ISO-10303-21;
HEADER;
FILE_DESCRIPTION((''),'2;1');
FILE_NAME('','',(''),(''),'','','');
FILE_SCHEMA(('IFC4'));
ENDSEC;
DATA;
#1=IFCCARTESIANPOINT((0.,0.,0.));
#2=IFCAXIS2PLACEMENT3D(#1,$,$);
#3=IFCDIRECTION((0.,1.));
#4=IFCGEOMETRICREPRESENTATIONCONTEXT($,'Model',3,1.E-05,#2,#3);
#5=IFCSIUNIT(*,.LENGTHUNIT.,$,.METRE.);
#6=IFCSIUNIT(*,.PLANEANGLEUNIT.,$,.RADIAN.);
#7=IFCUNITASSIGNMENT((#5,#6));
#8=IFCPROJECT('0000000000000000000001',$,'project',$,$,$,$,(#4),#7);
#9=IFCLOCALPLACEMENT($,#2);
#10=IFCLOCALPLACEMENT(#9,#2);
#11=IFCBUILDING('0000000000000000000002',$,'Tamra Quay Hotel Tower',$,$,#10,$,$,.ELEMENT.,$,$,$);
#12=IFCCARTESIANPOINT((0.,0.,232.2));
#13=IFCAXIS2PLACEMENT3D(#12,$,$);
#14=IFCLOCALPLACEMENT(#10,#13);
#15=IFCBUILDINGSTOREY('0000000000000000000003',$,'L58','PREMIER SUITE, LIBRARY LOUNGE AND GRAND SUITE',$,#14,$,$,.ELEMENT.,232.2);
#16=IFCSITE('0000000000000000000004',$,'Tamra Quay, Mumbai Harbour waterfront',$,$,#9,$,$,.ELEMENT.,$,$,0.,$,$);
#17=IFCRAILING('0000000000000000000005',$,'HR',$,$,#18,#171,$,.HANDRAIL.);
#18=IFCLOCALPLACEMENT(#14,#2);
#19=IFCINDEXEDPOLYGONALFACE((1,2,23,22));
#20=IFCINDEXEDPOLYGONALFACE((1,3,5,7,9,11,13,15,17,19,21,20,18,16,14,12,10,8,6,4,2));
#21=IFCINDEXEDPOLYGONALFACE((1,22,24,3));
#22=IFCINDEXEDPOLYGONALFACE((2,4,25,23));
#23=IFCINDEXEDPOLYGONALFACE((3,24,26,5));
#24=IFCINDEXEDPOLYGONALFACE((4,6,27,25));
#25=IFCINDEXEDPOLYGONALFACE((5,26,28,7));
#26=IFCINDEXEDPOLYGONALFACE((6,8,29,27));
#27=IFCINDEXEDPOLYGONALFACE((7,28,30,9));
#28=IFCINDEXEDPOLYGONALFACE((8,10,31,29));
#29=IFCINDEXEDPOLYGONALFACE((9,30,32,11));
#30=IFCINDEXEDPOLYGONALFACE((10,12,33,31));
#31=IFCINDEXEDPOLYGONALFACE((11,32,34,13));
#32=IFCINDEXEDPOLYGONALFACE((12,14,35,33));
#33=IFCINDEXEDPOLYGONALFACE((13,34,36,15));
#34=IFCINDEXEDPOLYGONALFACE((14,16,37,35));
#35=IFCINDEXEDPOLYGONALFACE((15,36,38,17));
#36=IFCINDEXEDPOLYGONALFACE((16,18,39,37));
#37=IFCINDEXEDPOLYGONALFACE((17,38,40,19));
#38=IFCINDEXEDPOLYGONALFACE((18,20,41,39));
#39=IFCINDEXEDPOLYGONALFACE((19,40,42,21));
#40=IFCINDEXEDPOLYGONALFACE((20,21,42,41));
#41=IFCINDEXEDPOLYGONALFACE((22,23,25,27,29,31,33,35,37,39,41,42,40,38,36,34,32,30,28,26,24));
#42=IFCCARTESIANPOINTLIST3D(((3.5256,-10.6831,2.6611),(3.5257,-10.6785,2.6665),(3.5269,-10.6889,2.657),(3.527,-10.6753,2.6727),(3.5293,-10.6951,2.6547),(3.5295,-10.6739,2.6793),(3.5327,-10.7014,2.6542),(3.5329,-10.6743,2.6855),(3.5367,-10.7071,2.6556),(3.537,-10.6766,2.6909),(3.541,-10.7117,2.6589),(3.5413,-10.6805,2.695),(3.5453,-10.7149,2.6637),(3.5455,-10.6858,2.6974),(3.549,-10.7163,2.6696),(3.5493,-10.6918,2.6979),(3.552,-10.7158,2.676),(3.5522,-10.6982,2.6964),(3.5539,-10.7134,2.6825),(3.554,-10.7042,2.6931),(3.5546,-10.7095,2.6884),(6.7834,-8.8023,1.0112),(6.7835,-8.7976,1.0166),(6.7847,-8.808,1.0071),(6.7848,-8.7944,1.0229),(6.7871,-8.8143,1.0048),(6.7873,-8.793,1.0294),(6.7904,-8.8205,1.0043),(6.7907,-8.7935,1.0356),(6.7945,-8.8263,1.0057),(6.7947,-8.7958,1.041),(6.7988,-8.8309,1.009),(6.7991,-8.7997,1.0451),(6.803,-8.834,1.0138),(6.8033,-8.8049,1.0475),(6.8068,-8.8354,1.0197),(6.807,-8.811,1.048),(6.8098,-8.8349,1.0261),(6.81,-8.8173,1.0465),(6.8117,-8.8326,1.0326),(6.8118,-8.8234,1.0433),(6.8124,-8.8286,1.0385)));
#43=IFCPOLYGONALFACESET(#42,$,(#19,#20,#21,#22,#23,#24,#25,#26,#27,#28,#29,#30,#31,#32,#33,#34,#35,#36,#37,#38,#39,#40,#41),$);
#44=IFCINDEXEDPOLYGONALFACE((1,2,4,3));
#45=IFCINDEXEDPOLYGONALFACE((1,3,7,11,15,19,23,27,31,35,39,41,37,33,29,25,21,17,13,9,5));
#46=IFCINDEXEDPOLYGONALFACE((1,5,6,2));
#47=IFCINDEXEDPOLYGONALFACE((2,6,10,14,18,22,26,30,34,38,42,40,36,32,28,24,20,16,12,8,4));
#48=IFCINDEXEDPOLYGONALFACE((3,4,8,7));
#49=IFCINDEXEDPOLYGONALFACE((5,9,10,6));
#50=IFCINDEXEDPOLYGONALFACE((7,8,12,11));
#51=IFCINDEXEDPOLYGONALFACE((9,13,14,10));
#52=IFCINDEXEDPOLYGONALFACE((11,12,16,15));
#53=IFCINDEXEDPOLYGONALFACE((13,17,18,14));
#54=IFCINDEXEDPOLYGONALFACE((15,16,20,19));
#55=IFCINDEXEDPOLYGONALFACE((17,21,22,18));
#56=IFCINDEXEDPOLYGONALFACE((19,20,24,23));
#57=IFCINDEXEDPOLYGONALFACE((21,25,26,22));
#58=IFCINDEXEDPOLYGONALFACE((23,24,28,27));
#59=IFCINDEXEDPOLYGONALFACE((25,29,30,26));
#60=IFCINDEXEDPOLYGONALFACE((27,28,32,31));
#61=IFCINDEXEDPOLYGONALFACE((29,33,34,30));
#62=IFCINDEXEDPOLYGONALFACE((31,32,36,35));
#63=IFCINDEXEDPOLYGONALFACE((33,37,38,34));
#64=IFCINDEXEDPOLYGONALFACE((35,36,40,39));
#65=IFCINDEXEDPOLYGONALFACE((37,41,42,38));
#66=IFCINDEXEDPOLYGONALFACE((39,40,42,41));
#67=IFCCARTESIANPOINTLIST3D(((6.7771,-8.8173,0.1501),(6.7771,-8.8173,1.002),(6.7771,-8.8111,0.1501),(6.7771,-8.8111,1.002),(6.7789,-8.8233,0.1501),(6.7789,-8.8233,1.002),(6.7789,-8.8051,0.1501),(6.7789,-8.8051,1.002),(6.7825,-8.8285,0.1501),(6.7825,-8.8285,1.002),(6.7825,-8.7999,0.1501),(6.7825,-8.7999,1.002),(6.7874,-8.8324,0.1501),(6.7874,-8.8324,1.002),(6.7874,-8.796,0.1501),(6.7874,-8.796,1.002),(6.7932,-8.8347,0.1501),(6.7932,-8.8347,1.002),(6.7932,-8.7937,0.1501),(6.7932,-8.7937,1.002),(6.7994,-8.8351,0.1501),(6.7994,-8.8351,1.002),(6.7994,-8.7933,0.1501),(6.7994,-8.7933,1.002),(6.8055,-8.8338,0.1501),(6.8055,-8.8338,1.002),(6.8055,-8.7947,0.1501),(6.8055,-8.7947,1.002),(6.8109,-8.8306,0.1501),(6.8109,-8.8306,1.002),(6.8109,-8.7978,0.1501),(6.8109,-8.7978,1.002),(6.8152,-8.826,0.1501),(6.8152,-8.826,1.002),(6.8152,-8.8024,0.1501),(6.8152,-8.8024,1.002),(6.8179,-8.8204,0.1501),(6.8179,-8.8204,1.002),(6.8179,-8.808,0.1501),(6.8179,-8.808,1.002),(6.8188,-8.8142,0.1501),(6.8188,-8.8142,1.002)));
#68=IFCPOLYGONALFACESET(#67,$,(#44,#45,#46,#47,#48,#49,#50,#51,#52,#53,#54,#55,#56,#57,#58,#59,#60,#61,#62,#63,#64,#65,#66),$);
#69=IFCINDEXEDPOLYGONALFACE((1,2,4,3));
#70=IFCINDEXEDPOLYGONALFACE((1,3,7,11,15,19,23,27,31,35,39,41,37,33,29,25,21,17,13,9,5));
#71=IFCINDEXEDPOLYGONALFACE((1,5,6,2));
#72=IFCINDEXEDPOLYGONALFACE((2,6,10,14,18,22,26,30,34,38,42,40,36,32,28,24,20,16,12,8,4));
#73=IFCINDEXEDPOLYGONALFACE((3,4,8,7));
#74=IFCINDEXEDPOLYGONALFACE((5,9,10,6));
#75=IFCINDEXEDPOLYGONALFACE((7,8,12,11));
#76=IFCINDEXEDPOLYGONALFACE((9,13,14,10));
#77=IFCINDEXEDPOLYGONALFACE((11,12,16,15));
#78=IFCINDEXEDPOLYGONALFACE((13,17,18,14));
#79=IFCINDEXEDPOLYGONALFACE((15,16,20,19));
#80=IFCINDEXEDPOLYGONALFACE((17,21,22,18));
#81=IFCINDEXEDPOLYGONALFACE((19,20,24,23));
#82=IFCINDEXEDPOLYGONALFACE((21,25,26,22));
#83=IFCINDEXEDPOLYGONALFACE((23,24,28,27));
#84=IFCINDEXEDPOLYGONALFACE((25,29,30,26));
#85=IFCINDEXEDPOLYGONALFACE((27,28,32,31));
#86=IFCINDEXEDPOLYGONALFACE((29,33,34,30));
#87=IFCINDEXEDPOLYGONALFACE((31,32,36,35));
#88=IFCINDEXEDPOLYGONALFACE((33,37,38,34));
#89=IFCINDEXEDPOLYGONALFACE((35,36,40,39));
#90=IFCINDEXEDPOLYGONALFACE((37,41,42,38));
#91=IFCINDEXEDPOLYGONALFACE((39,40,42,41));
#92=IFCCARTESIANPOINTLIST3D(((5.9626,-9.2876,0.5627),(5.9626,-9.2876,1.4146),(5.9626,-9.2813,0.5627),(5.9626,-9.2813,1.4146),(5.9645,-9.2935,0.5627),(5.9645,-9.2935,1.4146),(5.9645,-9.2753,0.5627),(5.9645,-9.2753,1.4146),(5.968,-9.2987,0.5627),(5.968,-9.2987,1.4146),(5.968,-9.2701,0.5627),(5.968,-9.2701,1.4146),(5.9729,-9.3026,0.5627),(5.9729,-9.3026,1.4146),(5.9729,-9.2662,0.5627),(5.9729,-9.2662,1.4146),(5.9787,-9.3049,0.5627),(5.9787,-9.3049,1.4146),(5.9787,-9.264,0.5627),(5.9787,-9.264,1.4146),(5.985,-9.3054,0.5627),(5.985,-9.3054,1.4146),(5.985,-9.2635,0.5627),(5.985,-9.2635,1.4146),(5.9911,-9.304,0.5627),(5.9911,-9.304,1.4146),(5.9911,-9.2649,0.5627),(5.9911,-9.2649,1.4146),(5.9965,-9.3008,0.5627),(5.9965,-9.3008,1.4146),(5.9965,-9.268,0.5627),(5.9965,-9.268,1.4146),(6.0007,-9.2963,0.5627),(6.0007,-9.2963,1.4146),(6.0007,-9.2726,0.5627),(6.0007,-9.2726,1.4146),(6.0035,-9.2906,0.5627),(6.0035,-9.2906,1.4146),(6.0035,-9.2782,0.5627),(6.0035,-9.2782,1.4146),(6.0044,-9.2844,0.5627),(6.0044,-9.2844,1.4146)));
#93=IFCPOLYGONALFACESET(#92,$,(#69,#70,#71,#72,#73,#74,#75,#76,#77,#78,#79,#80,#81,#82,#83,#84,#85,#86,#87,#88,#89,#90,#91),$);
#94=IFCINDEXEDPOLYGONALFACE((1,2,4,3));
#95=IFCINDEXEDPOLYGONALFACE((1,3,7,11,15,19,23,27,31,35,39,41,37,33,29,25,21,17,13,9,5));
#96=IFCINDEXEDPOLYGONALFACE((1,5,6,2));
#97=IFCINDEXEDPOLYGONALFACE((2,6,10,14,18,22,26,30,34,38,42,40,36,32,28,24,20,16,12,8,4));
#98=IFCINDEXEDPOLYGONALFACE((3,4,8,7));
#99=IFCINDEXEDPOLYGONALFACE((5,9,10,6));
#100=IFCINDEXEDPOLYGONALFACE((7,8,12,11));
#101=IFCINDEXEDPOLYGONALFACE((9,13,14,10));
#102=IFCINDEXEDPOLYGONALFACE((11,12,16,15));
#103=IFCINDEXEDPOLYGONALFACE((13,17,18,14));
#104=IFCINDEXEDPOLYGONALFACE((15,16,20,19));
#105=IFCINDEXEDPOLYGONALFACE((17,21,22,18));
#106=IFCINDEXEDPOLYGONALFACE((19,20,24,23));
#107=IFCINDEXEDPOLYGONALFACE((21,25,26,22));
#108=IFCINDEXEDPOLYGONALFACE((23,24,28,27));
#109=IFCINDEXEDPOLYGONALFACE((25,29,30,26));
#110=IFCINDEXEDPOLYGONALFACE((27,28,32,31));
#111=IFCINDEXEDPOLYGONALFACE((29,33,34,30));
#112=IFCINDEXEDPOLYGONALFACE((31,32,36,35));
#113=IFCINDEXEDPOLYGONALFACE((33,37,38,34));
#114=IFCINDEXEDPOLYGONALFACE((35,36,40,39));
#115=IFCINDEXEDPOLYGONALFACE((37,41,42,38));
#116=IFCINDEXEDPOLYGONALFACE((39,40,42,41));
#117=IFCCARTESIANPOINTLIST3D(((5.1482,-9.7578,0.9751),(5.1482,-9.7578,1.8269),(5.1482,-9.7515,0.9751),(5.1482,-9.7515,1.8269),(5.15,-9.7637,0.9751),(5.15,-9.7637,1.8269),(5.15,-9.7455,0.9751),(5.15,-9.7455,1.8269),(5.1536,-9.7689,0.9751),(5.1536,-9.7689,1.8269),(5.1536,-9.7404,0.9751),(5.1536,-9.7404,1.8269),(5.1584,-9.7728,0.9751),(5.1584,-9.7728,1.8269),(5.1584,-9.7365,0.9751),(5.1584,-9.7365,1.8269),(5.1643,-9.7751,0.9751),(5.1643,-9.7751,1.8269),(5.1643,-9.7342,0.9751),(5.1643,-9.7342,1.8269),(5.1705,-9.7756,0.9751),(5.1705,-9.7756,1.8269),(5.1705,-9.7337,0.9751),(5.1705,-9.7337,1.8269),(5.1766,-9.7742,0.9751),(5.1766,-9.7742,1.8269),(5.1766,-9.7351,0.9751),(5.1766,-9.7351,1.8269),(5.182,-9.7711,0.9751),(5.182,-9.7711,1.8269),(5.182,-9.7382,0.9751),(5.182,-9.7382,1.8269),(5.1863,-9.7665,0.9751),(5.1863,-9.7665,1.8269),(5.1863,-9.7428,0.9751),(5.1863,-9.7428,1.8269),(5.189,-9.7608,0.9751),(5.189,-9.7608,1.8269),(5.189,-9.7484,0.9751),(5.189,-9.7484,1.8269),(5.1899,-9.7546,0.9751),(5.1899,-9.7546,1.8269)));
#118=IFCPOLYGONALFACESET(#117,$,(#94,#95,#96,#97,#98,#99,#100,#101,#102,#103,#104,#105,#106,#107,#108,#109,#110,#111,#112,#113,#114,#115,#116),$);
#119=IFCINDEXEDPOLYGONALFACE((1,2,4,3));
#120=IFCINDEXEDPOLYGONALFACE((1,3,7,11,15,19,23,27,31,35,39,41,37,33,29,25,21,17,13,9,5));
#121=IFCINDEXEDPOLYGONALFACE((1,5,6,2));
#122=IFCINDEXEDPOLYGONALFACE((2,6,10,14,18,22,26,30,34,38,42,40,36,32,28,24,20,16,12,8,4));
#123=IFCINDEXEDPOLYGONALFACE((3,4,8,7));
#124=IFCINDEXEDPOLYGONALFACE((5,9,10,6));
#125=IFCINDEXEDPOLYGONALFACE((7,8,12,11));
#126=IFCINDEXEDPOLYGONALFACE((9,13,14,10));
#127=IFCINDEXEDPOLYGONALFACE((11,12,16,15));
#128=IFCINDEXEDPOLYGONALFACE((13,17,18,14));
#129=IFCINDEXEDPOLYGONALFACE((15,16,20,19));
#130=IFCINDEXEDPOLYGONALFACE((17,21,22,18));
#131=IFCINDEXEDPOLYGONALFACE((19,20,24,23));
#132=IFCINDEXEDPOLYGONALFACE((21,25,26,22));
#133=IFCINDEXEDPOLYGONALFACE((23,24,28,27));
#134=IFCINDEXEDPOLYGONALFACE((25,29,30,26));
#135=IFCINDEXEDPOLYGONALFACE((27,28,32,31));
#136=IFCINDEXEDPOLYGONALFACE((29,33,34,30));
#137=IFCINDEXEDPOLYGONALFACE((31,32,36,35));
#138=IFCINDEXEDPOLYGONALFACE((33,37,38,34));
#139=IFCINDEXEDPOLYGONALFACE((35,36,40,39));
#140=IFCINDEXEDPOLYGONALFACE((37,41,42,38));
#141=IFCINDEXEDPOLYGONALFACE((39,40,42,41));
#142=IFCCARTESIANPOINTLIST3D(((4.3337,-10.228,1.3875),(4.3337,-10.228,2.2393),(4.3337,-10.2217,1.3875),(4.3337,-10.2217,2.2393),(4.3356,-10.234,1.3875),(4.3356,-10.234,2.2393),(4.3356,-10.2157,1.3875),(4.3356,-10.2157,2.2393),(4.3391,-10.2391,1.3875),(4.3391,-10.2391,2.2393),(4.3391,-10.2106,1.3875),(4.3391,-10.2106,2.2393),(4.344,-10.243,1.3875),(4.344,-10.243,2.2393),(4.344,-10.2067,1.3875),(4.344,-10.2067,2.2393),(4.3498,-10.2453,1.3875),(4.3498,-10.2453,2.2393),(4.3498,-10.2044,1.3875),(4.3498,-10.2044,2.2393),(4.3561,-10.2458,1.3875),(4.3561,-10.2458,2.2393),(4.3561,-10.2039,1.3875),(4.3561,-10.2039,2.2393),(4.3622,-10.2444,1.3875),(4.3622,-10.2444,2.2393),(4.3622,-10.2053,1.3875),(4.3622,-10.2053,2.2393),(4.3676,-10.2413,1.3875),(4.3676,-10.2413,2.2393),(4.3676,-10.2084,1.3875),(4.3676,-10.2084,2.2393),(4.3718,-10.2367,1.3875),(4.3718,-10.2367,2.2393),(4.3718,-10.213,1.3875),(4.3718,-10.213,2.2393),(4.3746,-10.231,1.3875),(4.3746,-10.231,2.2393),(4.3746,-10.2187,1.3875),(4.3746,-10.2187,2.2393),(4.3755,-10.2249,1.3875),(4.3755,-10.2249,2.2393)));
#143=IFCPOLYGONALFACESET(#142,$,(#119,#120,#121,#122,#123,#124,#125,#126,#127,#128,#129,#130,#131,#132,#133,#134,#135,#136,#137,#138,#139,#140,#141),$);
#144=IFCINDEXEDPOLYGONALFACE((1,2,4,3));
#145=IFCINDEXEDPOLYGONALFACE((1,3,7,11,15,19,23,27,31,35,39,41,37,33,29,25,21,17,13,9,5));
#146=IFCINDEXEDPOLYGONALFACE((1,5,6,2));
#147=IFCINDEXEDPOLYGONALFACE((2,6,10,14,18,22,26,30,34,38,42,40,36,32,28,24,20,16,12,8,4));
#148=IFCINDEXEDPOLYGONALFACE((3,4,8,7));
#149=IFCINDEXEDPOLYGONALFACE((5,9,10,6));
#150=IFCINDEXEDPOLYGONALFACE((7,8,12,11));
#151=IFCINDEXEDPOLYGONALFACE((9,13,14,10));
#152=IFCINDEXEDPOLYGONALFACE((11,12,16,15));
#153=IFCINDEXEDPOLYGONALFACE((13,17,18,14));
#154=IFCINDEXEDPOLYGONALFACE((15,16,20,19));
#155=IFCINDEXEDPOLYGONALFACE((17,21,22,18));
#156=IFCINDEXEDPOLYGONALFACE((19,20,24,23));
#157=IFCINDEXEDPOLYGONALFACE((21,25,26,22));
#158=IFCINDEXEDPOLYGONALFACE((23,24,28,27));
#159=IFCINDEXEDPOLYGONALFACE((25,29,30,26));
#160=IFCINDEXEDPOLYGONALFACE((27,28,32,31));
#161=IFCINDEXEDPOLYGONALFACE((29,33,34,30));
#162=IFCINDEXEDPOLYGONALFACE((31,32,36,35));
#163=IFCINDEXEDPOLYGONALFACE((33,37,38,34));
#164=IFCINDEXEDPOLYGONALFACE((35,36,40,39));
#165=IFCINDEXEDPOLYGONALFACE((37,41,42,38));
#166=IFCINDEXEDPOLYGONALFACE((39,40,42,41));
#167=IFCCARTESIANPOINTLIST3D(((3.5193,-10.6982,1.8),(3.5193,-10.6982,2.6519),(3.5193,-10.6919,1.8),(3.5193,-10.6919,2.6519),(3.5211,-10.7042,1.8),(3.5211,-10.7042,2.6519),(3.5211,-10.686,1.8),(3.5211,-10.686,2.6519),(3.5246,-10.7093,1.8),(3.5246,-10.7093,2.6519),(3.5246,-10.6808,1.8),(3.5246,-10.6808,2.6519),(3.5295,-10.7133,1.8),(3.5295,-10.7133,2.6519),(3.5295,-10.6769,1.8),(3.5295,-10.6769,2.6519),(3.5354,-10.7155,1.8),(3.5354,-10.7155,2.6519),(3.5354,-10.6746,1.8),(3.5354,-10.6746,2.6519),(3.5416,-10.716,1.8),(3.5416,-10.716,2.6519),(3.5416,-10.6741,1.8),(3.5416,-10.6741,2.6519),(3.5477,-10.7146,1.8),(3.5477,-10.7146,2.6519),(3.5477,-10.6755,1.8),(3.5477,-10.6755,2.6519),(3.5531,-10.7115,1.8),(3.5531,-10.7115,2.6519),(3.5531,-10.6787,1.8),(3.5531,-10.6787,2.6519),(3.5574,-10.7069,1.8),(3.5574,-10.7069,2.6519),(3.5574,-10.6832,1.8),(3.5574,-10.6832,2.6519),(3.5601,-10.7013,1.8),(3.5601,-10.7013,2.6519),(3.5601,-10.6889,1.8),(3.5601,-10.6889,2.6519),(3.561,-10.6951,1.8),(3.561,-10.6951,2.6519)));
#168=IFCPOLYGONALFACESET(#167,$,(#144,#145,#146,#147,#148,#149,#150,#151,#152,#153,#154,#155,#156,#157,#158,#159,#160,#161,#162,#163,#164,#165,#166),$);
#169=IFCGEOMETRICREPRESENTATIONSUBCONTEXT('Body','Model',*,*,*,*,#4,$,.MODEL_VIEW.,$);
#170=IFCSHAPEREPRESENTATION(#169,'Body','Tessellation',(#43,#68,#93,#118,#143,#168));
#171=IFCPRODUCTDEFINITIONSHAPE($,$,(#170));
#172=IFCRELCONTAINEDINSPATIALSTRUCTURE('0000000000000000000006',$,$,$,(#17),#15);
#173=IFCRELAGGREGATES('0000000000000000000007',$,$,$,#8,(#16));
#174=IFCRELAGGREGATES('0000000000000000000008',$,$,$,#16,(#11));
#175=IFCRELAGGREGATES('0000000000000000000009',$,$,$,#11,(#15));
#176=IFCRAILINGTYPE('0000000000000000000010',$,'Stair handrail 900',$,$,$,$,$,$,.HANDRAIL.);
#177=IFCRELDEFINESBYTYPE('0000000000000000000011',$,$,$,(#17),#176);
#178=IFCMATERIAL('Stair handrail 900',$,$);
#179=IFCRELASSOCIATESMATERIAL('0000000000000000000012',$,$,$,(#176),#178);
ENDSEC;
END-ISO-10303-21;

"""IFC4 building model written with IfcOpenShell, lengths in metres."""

from ifc_helpers import new_model, si_unit, direction, frame, origin, origin_2d, place, context, subcontext, project, spatial, circle, extrude, material, type_object, element, save


model = new_model("IFC4")

# Units and contexts
model_context = context("Model", 3, precision=1e-05, world=origin(), true_north=direction((0.0, 1.0)))
body_context = subcontext(model_context, "Body", "Model", "MODEL_VIEW")
ifc_project = project(units=[si_unit("LENGTHUNIT", "METRE"), si_unit("PLANEANGLEUNIT", "RADIAN")], contexts=[model_context])

# Site, building, storey
site_placement = place(None, origin())
site = spatial("IfcSite", under=ifc_project, at=site_placement, Name="Tamra Quay, Mumbai Harbour waterfront", CompositionType="ELEMENT", RefElevation=0.0)
building_placement = place(site_placement, origin())
building = spatial("IfcBuilding", under=site, at=building_placement, Name="Tamra Quay Hotel Tower", CompositionType="ELEMENT")
storey_placement = place(building_placement, frame((0.0, 0.0, 232.2)))
storey = spatial("IfcBuildingStorey", under=building, at=storey_placement, Name="L58", Description="PREMIER SUITE, LIBRARY LOUNGE AND GRAND SUITE", CompositionType="ELEMENT", Elevation=232.2)

# Railing
ifc_material_1 = material(Name="Stair handrail 900")
railing_type_1 = type_object("IfcRailingType", Name="Stair handrail 900", PredefinedType="HANDRAIL", material=ifc_material_1)
railing_1_placement = place(storey_placement, frame((6.7979, -8.8142, 0.1501)))
element("IfcRailing", 1, at=railing_1_placement, inside=storey, type_object=railing_type_1, Name="HR", PredefinedType="HANDRAIL", context=body_context, shape_type="SweptSolid", body=[
    extrude(circle(Radius=0.0239, at=origin_2d()), frame((0.0, 0.0, 0.876), z_axis=(-0.7931, -0.457887, 0.401661), x_axis=(0.499992, -0.86603, 0.0)), (0.0, 0.0, 1.0), 4.1077),
    extrude(circle(Radius=0.021, at=origin_2d()), origin(), (0.0, 0.0, 1.0), 0.8518),
    extrude(circle(Radius=0.021, at=origin_2d()), frame((-0.8145, -0.4702, 0.4126)), (0.0, 0.0, 1.0), 0.8518),
    extrude(circle(Radius=0.021, at=origin_2d()), frame((-1.6289, -0.9404, 0.825)), (0.0, 0.0, 1.0), 0.8518),
    extrude(circle(Radius=0.021, at=origin_2d()), frame((-2.4434, -1.4106, 1.2373)), (0.0, 0.0, 1.0), 0.8518),
    extrude(circle(Radius=0.021, at=origin_2d()), frame((-3.2578, -1.8809, 1.6499)), (0.0, 0.0, 1.0), 0.8518),
])

save(model, "model.ifc")
